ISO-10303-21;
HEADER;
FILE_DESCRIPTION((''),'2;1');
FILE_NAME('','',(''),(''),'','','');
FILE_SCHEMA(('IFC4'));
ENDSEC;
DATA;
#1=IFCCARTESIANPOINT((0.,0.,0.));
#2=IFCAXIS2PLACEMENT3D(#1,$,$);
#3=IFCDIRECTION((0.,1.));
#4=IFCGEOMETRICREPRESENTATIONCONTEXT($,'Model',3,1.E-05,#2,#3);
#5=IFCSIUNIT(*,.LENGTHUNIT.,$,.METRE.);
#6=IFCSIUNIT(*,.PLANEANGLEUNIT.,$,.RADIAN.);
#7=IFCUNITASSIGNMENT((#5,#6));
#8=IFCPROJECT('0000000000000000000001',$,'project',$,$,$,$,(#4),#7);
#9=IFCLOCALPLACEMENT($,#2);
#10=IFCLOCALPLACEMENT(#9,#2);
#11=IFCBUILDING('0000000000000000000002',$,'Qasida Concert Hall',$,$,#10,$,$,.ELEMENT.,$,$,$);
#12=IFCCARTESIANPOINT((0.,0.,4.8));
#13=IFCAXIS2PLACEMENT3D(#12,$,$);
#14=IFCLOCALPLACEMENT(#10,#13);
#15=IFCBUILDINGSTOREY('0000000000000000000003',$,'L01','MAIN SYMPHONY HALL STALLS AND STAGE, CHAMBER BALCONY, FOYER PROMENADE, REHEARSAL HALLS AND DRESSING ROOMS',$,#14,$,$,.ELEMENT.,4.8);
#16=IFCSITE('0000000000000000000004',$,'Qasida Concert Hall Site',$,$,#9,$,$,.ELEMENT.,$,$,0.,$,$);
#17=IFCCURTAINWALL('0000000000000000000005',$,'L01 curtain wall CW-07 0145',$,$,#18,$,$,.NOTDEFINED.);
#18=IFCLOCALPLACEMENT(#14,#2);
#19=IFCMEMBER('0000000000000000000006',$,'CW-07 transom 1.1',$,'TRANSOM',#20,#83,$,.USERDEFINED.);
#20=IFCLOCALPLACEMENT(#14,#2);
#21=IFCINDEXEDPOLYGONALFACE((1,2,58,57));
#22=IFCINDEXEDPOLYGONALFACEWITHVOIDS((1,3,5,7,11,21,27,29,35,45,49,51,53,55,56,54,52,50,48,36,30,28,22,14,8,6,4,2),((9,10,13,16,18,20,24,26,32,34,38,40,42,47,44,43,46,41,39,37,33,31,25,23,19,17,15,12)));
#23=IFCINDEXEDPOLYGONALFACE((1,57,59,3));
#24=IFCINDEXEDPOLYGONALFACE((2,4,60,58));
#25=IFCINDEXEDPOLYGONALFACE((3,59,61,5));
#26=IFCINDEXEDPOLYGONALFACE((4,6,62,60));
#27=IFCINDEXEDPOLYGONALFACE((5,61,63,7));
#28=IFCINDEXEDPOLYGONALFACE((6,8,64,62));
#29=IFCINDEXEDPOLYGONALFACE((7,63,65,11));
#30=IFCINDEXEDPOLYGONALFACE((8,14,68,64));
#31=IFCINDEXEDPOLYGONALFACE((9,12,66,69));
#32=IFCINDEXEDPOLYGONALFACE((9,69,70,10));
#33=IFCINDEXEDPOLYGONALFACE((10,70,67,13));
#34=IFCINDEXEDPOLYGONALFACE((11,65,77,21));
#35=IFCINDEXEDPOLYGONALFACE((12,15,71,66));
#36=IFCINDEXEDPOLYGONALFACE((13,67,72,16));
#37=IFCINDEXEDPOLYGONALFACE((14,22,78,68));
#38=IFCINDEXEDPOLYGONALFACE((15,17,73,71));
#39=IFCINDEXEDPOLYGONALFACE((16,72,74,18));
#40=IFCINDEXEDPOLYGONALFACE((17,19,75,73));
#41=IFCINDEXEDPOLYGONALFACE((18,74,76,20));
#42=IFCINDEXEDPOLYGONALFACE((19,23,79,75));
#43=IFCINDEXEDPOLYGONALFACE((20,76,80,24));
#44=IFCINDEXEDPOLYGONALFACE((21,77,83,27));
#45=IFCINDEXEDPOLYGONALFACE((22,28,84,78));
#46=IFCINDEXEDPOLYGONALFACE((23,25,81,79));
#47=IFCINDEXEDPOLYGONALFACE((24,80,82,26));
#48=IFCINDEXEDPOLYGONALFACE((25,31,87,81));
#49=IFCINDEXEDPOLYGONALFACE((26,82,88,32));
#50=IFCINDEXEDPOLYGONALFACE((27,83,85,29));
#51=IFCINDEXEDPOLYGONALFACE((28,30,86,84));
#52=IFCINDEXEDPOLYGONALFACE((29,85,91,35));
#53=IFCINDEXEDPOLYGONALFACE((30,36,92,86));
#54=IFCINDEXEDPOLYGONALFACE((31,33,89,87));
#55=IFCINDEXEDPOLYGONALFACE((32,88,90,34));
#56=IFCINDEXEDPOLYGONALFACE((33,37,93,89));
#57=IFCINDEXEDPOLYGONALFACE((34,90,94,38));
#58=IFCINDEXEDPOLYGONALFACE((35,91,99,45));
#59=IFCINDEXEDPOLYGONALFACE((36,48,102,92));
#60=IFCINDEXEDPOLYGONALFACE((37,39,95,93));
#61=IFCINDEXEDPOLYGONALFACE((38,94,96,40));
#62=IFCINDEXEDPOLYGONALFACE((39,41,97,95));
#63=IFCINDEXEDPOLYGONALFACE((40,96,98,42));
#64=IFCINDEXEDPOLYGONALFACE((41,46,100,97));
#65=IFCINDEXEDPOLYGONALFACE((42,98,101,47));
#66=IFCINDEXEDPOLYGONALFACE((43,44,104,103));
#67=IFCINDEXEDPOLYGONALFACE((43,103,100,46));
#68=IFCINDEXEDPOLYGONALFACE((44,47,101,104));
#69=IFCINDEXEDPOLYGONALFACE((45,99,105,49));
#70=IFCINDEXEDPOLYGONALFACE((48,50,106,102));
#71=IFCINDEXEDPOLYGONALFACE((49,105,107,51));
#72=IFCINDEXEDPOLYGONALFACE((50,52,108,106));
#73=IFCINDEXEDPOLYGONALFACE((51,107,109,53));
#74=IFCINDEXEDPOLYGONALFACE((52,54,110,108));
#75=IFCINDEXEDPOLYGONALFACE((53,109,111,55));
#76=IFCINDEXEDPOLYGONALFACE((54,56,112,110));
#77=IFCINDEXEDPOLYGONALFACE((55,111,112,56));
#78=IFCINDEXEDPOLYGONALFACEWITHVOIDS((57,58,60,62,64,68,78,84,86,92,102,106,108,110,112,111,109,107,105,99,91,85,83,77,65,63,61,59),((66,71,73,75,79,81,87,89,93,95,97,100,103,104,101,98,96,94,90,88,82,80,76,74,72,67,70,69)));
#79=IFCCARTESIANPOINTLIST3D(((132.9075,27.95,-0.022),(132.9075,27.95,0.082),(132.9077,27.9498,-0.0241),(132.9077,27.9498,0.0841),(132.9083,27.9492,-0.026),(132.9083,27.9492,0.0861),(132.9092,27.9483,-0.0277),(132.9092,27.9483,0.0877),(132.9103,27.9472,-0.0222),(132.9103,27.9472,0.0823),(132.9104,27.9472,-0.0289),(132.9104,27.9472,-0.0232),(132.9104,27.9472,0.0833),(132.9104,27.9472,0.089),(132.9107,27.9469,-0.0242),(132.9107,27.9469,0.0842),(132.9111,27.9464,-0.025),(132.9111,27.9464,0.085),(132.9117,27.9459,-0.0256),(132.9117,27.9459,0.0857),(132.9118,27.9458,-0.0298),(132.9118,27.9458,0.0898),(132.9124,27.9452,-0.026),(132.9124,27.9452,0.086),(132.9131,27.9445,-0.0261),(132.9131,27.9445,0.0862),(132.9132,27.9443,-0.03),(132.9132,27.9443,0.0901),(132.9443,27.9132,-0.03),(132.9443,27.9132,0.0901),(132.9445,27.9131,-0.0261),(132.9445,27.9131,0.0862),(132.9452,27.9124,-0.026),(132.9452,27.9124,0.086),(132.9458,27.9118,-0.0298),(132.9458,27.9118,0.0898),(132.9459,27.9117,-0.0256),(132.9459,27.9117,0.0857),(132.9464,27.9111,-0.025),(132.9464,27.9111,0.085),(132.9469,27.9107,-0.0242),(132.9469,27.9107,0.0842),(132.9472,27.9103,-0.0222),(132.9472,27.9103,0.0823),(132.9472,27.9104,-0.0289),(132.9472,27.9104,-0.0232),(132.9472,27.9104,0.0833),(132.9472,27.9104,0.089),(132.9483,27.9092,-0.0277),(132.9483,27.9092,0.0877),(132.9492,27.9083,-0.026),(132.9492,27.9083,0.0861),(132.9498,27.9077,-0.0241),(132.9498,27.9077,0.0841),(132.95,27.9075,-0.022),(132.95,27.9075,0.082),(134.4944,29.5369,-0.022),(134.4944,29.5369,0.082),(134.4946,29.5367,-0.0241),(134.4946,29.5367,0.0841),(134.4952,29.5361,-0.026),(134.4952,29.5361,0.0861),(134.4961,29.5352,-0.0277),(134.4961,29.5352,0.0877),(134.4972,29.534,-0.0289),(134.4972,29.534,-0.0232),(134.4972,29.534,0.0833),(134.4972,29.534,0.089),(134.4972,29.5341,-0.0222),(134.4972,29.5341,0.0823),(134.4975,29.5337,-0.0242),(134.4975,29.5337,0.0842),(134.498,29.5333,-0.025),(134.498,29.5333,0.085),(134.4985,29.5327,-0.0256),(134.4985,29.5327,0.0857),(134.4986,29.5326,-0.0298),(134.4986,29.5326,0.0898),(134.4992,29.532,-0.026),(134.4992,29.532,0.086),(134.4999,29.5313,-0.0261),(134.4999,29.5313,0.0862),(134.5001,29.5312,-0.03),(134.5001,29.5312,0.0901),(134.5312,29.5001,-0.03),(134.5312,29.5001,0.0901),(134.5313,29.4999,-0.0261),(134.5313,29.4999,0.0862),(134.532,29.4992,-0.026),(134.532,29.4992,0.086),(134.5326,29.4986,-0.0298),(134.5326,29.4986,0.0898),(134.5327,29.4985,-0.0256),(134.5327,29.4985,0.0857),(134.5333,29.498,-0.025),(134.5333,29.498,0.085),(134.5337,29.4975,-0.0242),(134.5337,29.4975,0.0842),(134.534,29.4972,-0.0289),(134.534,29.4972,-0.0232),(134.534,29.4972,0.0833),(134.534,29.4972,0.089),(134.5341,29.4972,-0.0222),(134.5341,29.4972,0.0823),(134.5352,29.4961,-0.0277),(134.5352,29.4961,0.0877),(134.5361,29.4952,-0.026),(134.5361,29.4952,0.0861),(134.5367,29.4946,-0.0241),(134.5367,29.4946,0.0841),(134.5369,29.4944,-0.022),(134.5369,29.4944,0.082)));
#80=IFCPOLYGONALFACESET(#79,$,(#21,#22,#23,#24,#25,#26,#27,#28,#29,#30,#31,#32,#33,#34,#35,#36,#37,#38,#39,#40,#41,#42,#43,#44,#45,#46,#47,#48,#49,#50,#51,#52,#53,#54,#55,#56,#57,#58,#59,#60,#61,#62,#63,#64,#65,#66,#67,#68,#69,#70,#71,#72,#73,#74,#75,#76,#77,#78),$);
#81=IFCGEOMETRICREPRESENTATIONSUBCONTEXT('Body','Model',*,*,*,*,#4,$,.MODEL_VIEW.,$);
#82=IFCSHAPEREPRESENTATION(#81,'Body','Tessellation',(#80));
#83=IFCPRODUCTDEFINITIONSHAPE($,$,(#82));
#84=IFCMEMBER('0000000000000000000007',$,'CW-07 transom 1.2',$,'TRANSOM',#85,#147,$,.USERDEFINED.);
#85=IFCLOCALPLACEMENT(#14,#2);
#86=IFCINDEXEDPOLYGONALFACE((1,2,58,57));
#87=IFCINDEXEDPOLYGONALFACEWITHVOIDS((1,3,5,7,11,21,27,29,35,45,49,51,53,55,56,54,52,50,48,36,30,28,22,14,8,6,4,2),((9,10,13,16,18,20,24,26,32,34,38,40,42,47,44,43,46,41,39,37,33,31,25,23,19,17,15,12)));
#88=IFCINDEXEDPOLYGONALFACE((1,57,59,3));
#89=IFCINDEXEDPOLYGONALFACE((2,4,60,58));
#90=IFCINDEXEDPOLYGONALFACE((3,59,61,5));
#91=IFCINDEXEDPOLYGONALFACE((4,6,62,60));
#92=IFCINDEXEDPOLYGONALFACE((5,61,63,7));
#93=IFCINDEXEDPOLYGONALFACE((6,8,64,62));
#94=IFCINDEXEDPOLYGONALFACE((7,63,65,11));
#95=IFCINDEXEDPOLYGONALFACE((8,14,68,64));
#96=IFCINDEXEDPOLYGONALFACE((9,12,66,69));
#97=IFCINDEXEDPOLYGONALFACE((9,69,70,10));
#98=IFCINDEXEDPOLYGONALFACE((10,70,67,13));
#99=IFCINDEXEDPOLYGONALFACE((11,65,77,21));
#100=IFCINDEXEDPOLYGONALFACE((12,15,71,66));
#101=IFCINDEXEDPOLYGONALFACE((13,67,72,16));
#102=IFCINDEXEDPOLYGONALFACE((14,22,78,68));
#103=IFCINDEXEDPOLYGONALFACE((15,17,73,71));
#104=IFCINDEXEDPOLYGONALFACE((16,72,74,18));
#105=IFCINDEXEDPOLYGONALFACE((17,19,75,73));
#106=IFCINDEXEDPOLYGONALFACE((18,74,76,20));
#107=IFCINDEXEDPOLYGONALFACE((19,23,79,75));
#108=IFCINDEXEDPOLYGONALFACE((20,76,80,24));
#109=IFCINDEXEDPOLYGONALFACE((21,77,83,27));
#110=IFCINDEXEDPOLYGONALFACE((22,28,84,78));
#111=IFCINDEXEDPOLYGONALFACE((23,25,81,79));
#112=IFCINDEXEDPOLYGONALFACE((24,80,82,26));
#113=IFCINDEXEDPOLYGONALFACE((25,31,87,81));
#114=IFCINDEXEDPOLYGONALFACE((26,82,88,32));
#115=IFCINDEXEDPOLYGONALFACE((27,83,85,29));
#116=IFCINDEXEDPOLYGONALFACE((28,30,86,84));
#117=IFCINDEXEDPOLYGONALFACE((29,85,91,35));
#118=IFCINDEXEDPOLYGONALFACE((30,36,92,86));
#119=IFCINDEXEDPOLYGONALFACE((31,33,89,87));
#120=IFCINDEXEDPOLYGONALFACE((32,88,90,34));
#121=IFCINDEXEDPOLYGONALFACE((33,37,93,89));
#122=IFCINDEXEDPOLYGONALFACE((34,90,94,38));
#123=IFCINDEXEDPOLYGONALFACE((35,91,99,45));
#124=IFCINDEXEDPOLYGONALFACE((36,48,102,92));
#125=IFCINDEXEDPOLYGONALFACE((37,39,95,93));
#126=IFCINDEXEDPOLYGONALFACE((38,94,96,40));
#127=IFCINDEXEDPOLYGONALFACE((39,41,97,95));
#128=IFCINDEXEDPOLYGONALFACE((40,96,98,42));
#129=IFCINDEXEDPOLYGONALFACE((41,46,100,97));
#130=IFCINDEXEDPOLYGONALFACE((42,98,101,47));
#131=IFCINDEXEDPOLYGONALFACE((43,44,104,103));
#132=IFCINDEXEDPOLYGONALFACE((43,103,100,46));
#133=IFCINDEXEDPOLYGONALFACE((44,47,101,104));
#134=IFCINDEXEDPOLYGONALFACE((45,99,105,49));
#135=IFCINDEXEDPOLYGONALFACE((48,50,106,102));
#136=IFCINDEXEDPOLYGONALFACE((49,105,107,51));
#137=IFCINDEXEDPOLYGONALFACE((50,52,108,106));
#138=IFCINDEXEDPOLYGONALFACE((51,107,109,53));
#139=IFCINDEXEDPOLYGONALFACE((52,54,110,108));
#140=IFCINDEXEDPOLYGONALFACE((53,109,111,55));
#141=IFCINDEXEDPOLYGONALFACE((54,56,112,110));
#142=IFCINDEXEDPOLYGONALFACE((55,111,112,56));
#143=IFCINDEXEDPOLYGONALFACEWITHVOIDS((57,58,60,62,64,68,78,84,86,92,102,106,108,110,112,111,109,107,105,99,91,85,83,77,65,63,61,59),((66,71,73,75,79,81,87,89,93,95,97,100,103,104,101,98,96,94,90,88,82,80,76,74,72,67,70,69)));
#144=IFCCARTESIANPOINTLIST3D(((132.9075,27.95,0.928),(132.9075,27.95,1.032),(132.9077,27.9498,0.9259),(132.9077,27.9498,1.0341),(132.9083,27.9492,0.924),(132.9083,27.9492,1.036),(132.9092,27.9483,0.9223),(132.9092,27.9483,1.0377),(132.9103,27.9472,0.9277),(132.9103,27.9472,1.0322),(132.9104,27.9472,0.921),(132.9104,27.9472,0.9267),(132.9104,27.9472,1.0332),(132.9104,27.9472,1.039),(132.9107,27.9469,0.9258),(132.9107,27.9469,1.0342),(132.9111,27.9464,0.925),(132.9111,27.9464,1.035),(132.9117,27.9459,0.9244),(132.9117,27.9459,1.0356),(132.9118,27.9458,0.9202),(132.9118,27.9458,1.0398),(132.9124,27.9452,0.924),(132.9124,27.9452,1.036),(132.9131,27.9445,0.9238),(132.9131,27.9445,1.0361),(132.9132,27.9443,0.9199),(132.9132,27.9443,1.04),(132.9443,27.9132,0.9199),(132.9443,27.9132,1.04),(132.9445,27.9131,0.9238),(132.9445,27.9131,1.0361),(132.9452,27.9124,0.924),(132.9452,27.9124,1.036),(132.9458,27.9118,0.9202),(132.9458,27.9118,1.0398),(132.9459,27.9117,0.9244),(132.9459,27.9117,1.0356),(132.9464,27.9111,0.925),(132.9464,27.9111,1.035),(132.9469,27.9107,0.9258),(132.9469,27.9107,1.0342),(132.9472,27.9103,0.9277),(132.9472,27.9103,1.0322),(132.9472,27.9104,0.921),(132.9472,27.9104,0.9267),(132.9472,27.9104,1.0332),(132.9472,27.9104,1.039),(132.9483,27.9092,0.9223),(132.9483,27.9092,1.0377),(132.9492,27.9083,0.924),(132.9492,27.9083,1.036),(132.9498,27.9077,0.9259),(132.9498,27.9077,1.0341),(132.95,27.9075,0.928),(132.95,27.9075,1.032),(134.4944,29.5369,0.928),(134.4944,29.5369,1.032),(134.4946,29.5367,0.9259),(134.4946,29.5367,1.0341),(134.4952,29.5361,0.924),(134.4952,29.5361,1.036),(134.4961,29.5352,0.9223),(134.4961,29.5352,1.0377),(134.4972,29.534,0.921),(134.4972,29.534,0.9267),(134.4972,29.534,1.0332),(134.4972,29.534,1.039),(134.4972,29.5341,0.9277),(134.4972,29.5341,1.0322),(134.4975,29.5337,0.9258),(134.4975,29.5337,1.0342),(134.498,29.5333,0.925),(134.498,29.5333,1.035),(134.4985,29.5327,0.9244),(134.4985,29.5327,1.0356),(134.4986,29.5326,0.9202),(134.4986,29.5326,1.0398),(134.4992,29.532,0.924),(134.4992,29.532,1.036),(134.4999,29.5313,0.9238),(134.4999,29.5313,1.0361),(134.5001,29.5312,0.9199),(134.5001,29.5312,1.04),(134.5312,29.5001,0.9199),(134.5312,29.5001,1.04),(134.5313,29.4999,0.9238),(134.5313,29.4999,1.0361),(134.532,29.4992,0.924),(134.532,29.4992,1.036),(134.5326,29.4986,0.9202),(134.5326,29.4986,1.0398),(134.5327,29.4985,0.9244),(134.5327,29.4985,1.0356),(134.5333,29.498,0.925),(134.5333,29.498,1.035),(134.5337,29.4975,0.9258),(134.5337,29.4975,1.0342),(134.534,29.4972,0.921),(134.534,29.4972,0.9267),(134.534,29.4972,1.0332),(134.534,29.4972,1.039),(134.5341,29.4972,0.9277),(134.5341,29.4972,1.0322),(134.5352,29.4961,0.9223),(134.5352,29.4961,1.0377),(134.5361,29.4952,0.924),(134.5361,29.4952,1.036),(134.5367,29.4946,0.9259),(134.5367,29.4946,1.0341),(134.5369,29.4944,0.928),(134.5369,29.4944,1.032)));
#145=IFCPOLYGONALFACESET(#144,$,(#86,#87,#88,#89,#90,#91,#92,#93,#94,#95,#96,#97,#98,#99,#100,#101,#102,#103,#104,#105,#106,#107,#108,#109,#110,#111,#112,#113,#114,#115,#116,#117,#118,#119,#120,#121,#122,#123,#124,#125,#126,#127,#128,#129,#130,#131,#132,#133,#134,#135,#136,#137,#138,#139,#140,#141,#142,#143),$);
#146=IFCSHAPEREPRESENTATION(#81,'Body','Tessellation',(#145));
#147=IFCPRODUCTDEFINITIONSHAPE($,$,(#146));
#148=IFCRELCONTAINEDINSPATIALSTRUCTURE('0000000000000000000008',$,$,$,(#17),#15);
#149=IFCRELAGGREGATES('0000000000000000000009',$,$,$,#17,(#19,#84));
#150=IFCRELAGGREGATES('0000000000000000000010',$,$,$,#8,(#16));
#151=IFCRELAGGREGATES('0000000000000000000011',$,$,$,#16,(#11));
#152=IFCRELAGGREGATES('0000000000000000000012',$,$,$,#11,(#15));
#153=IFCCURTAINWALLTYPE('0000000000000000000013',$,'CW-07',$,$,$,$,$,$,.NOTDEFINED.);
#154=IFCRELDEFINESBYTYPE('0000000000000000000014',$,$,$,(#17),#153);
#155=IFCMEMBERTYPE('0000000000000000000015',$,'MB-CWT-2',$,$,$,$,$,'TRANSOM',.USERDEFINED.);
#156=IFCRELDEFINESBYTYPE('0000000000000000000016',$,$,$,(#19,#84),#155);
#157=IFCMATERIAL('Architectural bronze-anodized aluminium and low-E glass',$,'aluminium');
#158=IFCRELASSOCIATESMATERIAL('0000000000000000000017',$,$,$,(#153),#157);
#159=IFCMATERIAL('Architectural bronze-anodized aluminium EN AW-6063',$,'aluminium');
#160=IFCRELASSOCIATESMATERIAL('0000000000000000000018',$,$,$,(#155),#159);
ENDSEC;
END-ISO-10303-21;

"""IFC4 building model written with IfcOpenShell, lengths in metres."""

from ifc_helpers import new_model, si_unit, direction, frame, origin, origin_2d, place, context, subcontext, project, spatial, hollow_rectangle, extrude, material, material_profile, profile_set, type_object, element, aggregate, save


model = new_model("IFC4")

# Units and contexts
model_context = context("Model", 3, precision=1e-05, world=origin(), true_north=direction((0.0, 1.0)))
body_context = subcontext(model_context, "Body", "Model", "MODEL_VIEW")
ifc_project = project(units=[si_unit("LENGTHUNIT", "METRE"), si_unit("PLANEANGLEUNIT", "RADIAN")], contexts=[model_context])

# Site, building, storey
site_placement = place(None, origin())
site = spatial("IfcSite", under=ifc_project, at=site_placement, Name="Qasida Concert Hall Site", CompositionType="ELEMENT", RefElevation=0.0)
building_placement = place(site_placement, origin())
building = spatial("IfcBuilding", under=site, at=building_placement, Name="Qasida Concert Hall", CompositionType="ELEMENT")
storey_placement = place(building_placement, frame((0.0, 0.0, 4.8)))
storey = spatial("IfcBuildingStorey", under=building, at=storey_placement, Name="L01", Description="MAIN SYMPHONY HALL STALLS AND STAGE, CHAMBER BALCONY, FOYER PROMENADE, REHEARSAL HALLS AND DRESSING ROOMS", CompositionType="ELEMENT", Elevation=4.8)

# Curtain wall, members
ifc_material_1 = material(Name="Architectural bronze-anodized aluminium and low-E glass", Category="aluminium")
curtain_wall_type = type_object("IfcCurtainWallType", Name="CW-07", PredefinedType="NOTDEFINED", material=ifc_material_1)
curtain_wall_placement = place(storey_placement, origin())
curtain_wall = element("IfcCurtainWall", 1, at=curtain_wall_placement, inside=storey, type_object=curtain_wall_type, Name="L01 curtain wall CW-07 0145", PredefinedType="NOTDEFINED")
ifc_material_2 = material(Name="Architectural bronze-anodized aluminium EN AW-6063", Category="aluminium")
ifc_material_profile_1 = material_profile(ifc_material_2, hollow_rectangle(XDim=0.0601, YDim=0.1201, WallThickness=0.0039, InnerFilletRadius=0.0039, OuterFilletRadius=0.0081, at=origin_2d()), Name="CWT 120x60x4")
ifc_profile_set_1 = profile_set([ifc_material_profile_1], Name="Architectural bronze-anodized aluminium EN AW-6063")
member_type_1 = type_object("IfcMemberType", Name="MB-CWT-2", ElementType="TRANSOM", PredefinedType="USERDEFINED", material=ifc_profile_set_1)
member_1_placement = place(storey_placement, frame((134.5156, 29.5156, 0.03), z_axis=(-0.707107, -0.707107, 0.0), x_axis=(0.707107, -0.707107, 0.0)))
member_1 = element("IfcMember", 2, at=member_1_placement, type_object=member_type_1, Name="CW-07 transom 1.1", ObjectType="TRANSOM", PredefinedType="USERDEFINED", context=body_context, shape_type="SweptSolid", body=[
    extrude(hollow_rectangle(XDim=0.0601, YDim=0.1201, WallThickness=0.0039, InnerFilletRadius=0.0039, OuterFilletRadius=0.0081, at=origin_2d()), origin(), (0.0, 0.0, 1.0), 2.2441),
])
member_2_placement = place(storey_placement, frame((134.5156, 29.5156, 0.98), z_axis=(-0.707107, -0.707107, 0.0), x_axis=(0.707107, -0.707107, 0.0)))
member_2 = element("IfcMember", 3, at=member_2_placement, type_object=member_type_1, Name="CW-07 transom 1.2", ObjectType="TRANSOM", PredefinedType="USERDEFINED", context=body_context, shape_type="SweptSolid", body=[
    extrude(hollow_rectangle(XDim=0.0601, YDim=0.1201, WallThickness=0.0039, InnerFilletRadius=0.0039, OuterFilletRadius=0.0081, at=origin_2d()), origin(), (0.0, 0.0, 1.0), 2.2441),
])
aggregate(curtain_wall, [member_1, member_2])

save(model, "model.ifc")
